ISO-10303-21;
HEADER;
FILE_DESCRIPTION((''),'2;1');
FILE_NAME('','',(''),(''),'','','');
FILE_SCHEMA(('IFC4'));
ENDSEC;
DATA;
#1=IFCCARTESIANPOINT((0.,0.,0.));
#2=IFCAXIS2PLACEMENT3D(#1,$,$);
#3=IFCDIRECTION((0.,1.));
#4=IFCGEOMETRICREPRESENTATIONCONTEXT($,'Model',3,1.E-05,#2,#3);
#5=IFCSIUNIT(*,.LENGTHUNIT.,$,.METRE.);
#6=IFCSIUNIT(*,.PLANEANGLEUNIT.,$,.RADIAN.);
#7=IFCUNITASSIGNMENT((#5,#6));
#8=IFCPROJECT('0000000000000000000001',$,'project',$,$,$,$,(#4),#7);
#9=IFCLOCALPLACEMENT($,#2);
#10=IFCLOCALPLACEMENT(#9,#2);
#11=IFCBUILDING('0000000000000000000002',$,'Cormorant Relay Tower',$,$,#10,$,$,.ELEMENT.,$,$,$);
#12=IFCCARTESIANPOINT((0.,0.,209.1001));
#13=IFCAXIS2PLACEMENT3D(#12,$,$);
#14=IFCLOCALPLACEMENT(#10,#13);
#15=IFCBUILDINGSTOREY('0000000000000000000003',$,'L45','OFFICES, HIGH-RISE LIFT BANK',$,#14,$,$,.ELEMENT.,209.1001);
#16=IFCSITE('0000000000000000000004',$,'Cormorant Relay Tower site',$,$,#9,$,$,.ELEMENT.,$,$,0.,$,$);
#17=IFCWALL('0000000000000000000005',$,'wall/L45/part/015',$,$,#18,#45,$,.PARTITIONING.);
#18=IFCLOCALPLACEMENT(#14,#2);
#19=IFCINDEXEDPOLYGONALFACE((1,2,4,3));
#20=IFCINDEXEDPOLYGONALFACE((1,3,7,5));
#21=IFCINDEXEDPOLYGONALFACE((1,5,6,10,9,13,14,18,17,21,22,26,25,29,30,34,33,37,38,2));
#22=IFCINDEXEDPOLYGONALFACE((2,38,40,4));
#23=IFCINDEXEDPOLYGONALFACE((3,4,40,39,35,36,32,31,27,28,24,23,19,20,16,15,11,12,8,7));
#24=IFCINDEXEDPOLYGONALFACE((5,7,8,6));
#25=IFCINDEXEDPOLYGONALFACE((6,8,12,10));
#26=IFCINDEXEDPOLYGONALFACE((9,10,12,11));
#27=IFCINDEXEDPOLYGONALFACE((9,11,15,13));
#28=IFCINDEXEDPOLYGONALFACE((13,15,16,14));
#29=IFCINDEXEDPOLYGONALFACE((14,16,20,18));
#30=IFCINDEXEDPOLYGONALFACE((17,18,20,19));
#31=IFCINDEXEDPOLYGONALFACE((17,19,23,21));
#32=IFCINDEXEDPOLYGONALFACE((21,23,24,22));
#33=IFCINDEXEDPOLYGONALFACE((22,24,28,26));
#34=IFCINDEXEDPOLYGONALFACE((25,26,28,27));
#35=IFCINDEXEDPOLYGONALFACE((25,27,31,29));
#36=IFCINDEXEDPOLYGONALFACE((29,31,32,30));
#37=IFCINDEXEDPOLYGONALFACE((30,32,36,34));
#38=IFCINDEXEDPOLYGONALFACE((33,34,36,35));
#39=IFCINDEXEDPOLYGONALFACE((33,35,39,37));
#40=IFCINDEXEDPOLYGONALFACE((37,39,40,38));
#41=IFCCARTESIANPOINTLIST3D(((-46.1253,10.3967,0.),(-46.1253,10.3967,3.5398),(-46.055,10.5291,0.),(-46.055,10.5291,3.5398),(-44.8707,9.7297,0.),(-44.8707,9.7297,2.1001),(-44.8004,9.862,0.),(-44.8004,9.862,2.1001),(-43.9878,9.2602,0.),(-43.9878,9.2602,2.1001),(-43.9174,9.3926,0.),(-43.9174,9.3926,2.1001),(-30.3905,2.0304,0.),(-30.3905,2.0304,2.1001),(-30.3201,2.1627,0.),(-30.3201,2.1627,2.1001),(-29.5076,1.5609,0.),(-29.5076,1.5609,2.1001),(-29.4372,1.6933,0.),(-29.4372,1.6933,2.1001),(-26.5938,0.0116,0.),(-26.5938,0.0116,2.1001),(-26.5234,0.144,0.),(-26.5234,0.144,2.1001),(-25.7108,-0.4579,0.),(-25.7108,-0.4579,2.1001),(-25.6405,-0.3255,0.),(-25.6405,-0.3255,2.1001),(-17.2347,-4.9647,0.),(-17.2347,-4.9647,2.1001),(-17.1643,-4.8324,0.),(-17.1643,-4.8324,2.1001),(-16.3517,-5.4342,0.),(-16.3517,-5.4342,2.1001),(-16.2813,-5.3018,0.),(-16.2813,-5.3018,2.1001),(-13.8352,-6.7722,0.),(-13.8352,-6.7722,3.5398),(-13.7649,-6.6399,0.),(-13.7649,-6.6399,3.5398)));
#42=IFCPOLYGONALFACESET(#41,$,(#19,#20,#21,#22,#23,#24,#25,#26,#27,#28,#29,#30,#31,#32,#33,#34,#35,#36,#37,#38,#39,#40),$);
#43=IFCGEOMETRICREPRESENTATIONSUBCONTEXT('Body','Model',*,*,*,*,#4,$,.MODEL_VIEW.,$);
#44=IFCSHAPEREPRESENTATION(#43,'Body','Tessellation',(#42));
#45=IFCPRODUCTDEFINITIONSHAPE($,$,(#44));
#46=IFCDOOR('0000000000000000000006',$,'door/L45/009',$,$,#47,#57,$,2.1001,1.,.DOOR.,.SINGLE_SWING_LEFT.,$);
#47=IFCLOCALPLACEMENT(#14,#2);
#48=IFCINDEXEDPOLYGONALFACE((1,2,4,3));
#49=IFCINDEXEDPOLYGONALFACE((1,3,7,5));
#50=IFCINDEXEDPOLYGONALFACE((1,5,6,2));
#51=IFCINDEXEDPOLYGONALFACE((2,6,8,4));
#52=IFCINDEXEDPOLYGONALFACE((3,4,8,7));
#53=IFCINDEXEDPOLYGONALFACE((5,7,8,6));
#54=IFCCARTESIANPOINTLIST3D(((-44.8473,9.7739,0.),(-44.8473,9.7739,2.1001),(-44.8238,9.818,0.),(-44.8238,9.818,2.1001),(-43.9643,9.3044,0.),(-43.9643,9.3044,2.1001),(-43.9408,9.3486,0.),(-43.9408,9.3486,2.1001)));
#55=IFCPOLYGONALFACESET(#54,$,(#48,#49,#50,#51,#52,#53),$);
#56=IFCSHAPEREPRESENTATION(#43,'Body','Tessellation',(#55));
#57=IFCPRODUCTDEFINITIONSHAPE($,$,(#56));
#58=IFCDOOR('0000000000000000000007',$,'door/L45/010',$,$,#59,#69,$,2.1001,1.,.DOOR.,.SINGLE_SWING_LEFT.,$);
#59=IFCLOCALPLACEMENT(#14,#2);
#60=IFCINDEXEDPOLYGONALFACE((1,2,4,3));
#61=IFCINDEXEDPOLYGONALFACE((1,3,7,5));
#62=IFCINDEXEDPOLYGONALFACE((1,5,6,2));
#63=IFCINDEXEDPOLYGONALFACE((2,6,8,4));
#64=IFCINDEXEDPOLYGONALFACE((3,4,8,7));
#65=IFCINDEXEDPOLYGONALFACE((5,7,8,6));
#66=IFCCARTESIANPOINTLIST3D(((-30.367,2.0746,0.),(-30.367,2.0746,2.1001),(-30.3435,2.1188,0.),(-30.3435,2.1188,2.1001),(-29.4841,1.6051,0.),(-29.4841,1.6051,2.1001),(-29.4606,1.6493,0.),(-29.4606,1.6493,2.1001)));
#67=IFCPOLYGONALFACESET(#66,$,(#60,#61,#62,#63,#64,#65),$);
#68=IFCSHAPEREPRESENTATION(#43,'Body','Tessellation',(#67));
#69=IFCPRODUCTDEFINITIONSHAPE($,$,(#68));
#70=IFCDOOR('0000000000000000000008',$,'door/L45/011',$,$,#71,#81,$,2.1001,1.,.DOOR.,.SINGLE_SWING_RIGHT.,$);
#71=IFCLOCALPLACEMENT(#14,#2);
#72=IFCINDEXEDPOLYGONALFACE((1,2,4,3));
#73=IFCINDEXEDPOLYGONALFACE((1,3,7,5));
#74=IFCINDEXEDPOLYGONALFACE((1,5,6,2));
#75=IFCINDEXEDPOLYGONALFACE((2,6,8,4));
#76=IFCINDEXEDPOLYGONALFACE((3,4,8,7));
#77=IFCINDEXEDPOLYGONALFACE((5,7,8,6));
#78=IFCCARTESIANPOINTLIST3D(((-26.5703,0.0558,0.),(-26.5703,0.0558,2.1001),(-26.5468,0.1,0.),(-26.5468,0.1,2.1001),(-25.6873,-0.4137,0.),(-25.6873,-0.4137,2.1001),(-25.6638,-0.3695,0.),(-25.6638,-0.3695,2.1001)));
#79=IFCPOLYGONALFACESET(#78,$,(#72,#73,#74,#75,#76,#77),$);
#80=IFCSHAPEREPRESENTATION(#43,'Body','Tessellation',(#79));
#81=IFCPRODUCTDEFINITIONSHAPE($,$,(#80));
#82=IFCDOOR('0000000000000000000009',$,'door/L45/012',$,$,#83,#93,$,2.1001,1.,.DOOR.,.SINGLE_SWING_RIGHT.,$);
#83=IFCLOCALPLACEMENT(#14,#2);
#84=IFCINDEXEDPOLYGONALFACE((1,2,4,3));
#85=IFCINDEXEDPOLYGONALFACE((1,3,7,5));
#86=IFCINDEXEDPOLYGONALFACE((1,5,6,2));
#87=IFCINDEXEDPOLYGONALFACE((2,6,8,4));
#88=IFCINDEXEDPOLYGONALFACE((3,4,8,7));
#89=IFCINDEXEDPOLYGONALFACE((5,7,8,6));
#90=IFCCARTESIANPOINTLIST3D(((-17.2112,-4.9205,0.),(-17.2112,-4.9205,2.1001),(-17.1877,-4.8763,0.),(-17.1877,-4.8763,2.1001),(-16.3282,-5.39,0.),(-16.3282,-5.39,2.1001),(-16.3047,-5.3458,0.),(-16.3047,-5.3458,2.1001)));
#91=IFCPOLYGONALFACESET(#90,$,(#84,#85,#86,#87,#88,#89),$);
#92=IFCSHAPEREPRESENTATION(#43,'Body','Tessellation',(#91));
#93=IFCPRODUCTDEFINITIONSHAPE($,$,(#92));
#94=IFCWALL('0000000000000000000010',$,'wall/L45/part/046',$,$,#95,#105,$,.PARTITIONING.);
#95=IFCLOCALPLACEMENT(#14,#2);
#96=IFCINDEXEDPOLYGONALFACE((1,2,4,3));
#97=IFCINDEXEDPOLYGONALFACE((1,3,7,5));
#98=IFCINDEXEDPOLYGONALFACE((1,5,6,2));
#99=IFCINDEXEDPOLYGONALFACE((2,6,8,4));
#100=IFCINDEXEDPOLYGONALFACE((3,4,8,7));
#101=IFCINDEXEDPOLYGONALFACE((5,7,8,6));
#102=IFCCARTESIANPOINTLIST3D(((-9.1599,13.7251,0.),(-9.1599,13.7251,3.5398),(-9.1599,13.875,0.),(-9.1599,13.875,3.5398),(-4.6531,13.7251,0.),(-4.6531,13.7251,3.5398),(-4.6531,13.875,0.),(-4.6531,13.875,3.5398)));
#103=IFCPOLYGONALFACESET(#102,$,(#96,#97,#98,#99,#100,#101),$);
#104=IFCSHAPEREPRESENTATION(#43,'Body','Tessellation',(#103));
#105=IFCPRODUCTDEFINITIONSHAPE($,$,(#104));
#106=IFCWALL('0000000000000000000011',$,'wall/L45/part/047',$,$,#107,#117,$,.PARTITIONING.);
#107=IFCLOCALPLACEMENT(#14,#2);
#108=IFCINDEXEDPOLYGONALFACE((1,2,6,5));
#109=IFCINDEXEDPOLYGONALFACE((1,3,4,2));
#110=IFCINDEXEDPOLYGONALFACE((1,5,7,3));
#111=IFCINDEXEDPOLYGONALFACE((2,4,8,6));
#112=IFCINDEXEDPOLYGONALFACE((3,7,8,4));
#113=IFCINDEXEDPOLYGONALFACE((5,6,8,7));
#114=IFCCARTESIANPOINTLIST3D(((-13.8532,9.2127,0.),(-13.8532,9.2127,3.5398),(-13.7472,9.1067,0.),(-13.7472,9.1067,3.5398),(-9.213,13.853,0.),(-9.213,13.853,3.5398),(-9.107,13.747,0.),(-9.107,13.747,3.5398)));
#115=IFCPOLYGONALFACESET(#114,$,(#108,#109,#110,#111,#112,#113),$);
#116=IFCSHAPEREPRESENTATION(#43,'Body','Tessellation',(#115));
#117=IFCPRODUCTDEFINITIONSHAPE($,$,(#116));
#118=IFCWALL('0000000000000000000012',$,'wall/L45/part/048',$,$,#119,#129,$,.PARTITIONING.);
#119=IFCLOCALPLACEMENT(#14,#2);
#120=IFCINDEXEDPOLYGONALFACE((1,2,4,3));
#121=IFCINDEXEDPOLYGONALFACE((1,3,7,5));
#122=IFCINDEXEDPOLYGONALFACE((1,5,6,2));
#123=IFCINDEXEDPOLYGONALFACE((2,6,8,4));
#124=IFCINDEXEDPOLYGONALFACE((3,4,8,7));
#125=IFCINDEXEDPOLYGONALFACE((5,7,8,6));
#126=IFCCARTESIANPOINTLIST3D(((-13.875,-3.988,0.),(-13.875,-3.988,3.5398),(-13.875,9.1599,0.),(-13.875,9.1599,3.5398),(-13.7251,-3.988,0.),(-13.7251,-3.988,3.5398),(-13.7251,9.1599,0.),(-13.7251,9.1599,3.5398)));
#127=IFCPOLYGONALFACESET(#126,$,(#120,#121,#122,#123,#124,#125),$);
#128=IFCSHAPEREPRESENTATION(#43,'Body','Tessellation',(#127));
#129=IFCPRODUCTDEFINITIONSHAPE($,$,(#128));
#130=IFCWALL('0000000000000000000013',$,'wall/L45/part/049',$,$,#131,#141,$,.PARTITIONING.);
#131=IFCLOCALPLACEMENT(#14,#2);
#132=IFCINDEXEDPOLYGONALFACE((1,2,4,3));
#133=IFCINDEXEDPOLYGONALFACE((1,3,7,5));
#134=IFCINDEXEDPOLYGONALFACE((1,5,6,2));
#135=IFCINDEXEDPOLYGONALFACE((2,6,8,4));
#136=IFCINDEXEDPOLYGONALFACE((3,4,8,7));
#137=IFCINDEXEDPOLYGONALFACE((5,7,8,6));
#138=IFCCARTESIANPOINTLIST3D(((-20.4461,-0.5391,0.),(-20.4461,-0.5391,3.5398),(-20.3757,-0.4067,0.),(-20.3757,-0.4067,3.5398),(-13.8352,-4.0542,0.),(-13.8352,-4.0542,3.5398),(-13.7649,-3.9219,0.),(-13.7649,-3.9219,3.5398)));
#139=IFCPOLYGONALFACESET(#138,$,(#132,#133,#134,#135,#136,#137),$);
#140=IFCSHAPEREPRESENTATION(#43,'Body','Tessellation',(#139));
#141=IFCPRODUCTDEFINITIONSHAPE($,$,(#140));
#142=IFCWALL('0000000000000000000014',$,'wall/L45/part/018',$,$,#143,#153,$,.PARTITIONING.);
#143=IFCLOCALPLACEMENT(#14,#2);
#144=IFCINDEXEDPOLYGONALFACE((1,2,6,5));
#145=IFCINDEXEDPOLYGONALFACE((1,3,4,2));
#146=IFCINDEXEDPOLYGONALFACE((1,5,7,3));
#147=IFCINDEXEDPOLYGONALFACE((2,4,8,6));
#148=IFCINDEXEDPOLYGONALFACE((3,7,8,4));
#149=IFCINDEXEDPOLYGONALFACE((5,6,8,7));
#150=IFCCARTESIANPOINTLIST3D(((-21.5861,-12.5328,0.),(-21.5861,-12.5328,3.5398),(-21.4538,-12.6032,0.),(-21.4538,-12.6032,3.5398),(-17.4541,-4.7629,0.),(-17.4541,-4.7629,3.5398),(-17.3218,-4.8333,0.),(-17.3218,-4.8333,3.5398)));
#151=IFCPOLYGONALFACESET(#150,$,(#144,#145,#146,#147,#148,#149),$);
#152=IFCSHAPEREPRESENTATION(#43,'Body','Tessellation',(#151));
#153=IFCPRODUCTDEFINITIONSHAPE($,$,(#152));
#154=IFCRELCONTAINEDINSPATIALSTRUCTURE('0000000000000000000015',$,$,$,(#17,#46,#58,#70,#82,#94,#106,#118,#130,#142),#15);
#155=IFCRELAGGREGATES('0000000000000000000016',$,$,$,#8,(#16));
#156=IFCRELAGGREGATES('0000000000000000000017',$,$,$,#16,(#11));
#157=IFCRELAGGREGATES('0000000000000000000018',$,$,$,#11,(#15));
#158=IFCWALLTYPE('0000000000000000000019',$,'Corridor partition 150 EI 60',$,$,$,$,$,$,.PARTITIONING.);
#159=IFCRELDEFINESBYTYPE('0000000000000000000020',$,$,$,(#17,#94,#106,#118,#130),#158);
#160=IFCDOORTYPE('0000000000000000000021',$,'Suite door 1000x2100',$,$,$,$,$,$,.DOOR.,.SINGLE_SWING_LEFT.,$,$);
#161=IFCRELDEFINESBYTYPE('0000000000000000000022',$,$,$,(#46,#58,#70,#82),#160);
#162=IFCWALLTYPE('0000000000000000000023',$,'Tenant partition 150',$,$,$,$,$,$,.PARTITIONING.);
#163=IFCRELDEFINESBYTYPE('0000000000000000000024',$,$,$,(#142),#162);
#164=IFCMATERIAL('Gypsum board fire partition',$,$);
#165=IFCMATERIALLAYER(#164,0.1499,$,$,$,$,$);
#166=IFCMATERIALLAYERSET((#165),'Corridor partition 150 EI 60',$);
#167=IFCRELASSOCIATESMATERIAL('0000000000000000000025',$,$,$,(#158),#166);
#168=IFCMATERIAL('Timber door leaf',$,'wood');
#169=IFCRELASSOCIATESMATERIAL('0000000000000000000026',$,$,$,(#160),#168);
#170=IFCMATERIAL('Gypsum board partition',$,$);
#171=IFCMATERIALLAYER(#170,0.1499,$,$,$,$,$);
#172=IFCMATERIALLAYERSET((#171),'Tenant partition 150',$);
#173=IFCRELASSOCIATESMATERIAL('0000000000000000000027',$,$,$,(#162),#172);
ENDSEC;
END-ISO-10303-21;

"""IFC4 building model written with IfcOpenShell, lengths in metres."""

from ifc_helpers import new_model, si_unit, direction, frame, frame_2d, origin, place, context, subcontext, project, spatial, rectangle, extrude, material, layer, layer_set, type_object, element, fill, save


model = new_model("IFC4")

# Units and contexts
model_context = context("Model", 3, precision=1e-05, world=origin(), true_north=direction((0.0, 1.0)))
body_context = subcontext(model_context, "Body", "Model", "MODEL_VIEW")
ifc_project = project(units=[si_unit("LENGTHUNIT", "METRE"), si_unit("PLANEANGLEUNIT", "RADIAN")], contexts=[model_context])

# Site, building, storey
site_placement = place(None, origin())
site = spatial("IfcSite", under=ifc_project, at=site_placement, Name="Cormorant Relay Tower site", CompositionType="ELEMENT", RefElevation=0.0)
building_placement = place(site_placement, origin())
building = spatial("IfcBuilding", under=site, at=building_placement, Name="Cormorant Relay Tower", CompositionType="ELEMENT")
storey_placement = place(building_placement, frame((0.0, 0.0, 209.1001)))
storey = spatial("IfcBuildingStorey", under=building, at=storey_placement, Name="L45", Description="OFFICES, HIGH-RISE LIFT BANK", CompositionType="ELEMENT", Elevation=209.1001)

# Wall, openings, doors
ifc_material_1 = material(Name="Gypsum board fire partition")
ifc_layer_1 = layer(ifc_material_1, 0.1499)
ifc_layer_set_1 = layer_set([ifc_layer_1], Name="Corridor partition 150 EI 60")
wall_type_1 = type_object("IfcWallType", Name="Corridor partition 150 EI 60", PredefinedType="PARTITIONING", material=ifc_layer_set_1)
wall_1_placement = place(storey_placement, frame((-13.8, -6.7061, 0.0), z_axis=(0.0, 0.0, 1.0), x_axis=(-0.882947, 0.469472, 0.0)))
wall_1 = element("IfcWall", 1, at=wall_1_placement, inside=storey, type_object=wall_type_1, Name="wall/L45/part/015", PredefinedType="PARTITIONING", context=body_context, shape_type="SweptSolid", body=[
    extrude(rectangle(XDim=36.5708, YDim=0.1499, at=frame_2d((18.2854, 0.0))), origin(), (0.0, 0.0, 1.0), 3.5398),
])
opening_1_placement = place(wall_1_placement, frame((34.1499, 0.0, 0.0)))
opening_1 = element("IfcOpeningElement", 2, at=opening_1_placement, cuts=wall_1, PredefinedType="OPENING", context=body_context, shape_type="SweptSolid", body=[
    extrude(rectangle(XDim=1.0, YDim=2.1001, at=frame_2d((0.5, 1.05))), frame((0.0, 0.085, 0.0), z_axis=(0.0, -1.0, 0.0), x_axis=(1.0, 0.0, 0.0)), (0.0, 0.0, 1.0), 0.1699),
])
opening_2_placement = place(wall_1_placement, frame((17.75, 0.0, 0.0)))
opening_2 = element("IfcOpeningElement", 3, at=opening_2_placement, cuts=wall_1, PredefinedType="OPENING", context=body_context, shape_type="SweptSolid", body=[
    extrude(rectangle(XDim=1.0, YDim=2.1001, at=frame_2d((0.5, 1.05))), frame((0.0, 0.085, 0.0), z_axis=(0.0, -1.0, 0.0), x_axis=(1.0, 0.0, 0.0)), (0.0, 0.0, 1.0), 0.1699),
])
opening_3_placement = place(wall_1_placement, frame((13.45, 0.0, 0.0)))
opening_3 = element("IfcOpeningElement", 4, at=opening_3_placement, cuts=wall_1, PredefinedType="OPENING", context=body_context, shape_type="SweptSolid", body=[
    extrude(rectangle(XDim=1.0, YDim=2.1001, at=frame_2d((0.5, 1.05))), frame((0.0, 0.085, 0.0), z_axis=(0.0, -1.0, 0.0), x_axis=(1.0, 0.0, 0.0)), (0.0, 0.0, 1.0), 0.1699),
])
opening_4_placement = place(wall_1_placement, frame((2.8501, 0.0, 0.0)))
opening_4 = element("IfcOpeningElement", 5, at=opening_4_placement, cuts=wall_1, PredefinedType="OPENING", context=body_context, shape_type="SweptSolid", body=[
    extrude(rectangle(XDim=1.0, YDim=2.1001, at=frame_2d((0.5, 1.05))), frame((0.0, 0.085, 0.0), z_axis=(0.0, -1.0, 0.0), x_axis=(1.0, 0.0, 0.0)), (0.0, 0.0, 1.0), 0.1699),
])
ifc_material_2 = material(Name="Timber door leaf", Category="wood")
door_type_1 = type_object("IfcDoorType", Name="Suite door 1000x2100", OperationType="SINGLE_SWING_LEFT", PredefinedType="DOOR", material=ifc_material_2)
door_1_placement = place(opening_1_placement, origin())
door_1 = element("IfcDoor", 6, at=door_1_placement, inside=storey, type_object=door_type_1, Name="door/L45/009", OperationType="SINGLE_SWING_LEFT", OverallHeight=2.1001, OverallWidth=1.0, PredefinedType="DOOR", context=body_context, shape_type="SweptSolid", body=[
    extrude(rectangle(XDim=1.0, YDim=2.1001, at=frame_2d((0.5, 1.05))), frame((0.0, 0.0249, 0.0), z_axis=(0.0, -1.0, 0.0), x_axis=(1.0, 0.0, 0.0)), (0.0, 0.0, 1.0), 0.05),
])
fill(opening_1, door_1)
door_2_placement = place(opening_2_placement, origin())
door_2 = element("IfcDoor", 7, at=door_2_placement, inside=storey, type_object=door_type_1, Name="door/L45/010", OperationType="SINGLE_SWING_LEFT", OverallHeight=2.1001, OverallWidth=1.0, PredefinedType="DOOR", context=body_context, shape_type="SweptSolid", body=[
    extrude(rectangle(XDim=1.0, YDim=2.1001, at=frame_2d((0.5, 1.05))), frame((0.0, 0.0249, 0.0), z_axis=(0.0, -1.0, 0.0), x_axis=(1.0, 0.0, 0.0)), (0.0, 0.0, 1.0), 0.05),
])
fill(opening_2, door_2)
door_3_placement = place(opening_3_placement, origin())
door_3 = element("IfcDoor", 8, at=door_3_placement, inside=storey, type_object=door_type_1, Name="door/L45/011", OperationType="SINGLE_SWING_RIGHT", OverallHeight=2.1001, OverallWidth=1.0, PredefinedType="DOOR", context=body_context, shape_type="SweptSolid", body=[
    extrude(rectangle(XDim=1.0, YDim=2.1001, at=frame_2d((0.5, 1.05))), frame((0.0, 0.0249, 0.0), z_axis=(0.0, -1.0, 0.0), x_axis=(1.0, 0.0, 0.0)), (0.0, 0.0, 1.0), 0.05),
])
fill(opening_3, door_3)
door_4_placement = place(opening_4_placement, origin())
door_4 = element("IfcDoor", 9, at=door_4_placement, inside=storey, type_object=door_type_1, Name="door/L45/012", OperationType="SINGLE_SWING_RIGHT", OverallHeight=2.1001, OverallWidth=1.0, PredefinedType="DOOR", context=body_context, shape_type="SweptSolid", body=[
    extrude(rectangle(XDim=1.0, YDim=2.1001, at=frame_2d((0.5, 1.05))), frame((0.0, 0.0249, 0.0), z_axis=(0.0, -1.0, 0.0), x_axis=(1.0, 0.0, 0.0)), (0.0, 0.0, 1.0), 0.05),
])
fill(opening_4, door_4)

# Walls
wall_2_placement = place(storey_placement, frame((-4.6531, 13.8, 0.0), z_axis=(0.0, 0.0, 1.0), x_axis=(-1.0, 0.0, 0.0)))
element("IfcWall", 10, at=wall_2_placement, inside=storey, type_object=wall_type_1, Name="wall/L45/part/046", PredefinedType="PARTITIONING", context=body_context, shape_type="SweptSolid", body=[
    extrude(rectangle(XDim=4.5068, YDim=0.1499, at=frame_2d((2.2534, 0.0))), origin(), (0.0, 0.0, 1.0), 3.5398),
])
wall_3_placement = place(storey_placement, frame((-9.1599, 13.8, 0.0), z_axis=(0.0, 0.0, 1.0), x_axis=(-0.707107, -0.707107, 0.0)))
element("IfcWall", 11, at=wall_3_placement, inside=storey, type_object=wall_type_1, Name="wall/L45/part/047", PredefinedType="PARTITIONING", context=body_context, shape_type="SweptSolid", body=[
    extrude(rectangle(XDim=6.5623, YDim=0.1499, at=frame_2d((3.2812, 0.0))), origin(), (0.0, 0.0, 1.0), 3.5398),
])
wall_4_placement = place(storey_placement, frame((-13.8, 9.1599, 0.0), z_axis=(0.0, 0.0, 1.0), x_axis=(0.0, -1.0, 0.0)))
element("IfcWall", 12, at=wall_4_placement, inside=storey, type_object=wall_type_1, Name="wall/L45/part/048", PredefinedType="PARTITIONING", context=body_context, shape_type="SweptSolid", body=[
    extrude(rectangle(XDim=13.1479, YDim=0.1499, at=frame_2d((6.574, 0.0))), origin(), (0.0, 0.0, 1.0), 3.5398),
])
wall_5_placement = place(storey_placement, frame((-13.8, -3.988, 0.0), z_axis=(0.0, 0.0, 1.0), x_axis=(-0.882943, 0.469481, 0.0)))
element("IfcWall", 13, at=wall_5_placement, inside=storey, type_object=wall_type_1, Name="wall/L45/part/049", PredefinedType="PARTITIONING", context=body_context, shape_type="SweptSolid", body=[
    extrude(rectangle(XDim=7.4873, YDim=0.1499, at=frame_2d((3.7437, 0.0))), origin(), (0.0, 0.0, 1.0), 3.5398),
])
ifc_material_3 = material(Name="Gypsum board partition")
ifc_layer_2 = layer(ifc_material_3, 0.1499)
ifc_layer_set_2 = layer_set([ifc_layer_2], Name="Tenant partition 150")
wall_type_2 = type_object("IfcWallType", Name="Tenant partition 150", PredefinedType="PARTITIONING", material=ifc_layer_set_2)
wall_6_placement = place(storey_placement, frame((-17.3879, -4.7981, 0.0), z_axis=(0.0, 0.0, 1.0), x_axis=(-0.469532, -0.882915, 0.0)))
element("IfcWall", 14, at=wall_6_placement, inside=storey, type_object=wall_type_2, Name="wall/L45/part/018", PredefinedType="PARTITIONING", context=body_context, shape_type="SweptSolid", body=[
    extrude(rectangle(XDim=8.8003, YDim=0.1499, at=frame_2d((4.4001, 0.0))), origin(), (0.0, 0.0, 1.0), 3.5398),
])

save(model, "model.ifc")
